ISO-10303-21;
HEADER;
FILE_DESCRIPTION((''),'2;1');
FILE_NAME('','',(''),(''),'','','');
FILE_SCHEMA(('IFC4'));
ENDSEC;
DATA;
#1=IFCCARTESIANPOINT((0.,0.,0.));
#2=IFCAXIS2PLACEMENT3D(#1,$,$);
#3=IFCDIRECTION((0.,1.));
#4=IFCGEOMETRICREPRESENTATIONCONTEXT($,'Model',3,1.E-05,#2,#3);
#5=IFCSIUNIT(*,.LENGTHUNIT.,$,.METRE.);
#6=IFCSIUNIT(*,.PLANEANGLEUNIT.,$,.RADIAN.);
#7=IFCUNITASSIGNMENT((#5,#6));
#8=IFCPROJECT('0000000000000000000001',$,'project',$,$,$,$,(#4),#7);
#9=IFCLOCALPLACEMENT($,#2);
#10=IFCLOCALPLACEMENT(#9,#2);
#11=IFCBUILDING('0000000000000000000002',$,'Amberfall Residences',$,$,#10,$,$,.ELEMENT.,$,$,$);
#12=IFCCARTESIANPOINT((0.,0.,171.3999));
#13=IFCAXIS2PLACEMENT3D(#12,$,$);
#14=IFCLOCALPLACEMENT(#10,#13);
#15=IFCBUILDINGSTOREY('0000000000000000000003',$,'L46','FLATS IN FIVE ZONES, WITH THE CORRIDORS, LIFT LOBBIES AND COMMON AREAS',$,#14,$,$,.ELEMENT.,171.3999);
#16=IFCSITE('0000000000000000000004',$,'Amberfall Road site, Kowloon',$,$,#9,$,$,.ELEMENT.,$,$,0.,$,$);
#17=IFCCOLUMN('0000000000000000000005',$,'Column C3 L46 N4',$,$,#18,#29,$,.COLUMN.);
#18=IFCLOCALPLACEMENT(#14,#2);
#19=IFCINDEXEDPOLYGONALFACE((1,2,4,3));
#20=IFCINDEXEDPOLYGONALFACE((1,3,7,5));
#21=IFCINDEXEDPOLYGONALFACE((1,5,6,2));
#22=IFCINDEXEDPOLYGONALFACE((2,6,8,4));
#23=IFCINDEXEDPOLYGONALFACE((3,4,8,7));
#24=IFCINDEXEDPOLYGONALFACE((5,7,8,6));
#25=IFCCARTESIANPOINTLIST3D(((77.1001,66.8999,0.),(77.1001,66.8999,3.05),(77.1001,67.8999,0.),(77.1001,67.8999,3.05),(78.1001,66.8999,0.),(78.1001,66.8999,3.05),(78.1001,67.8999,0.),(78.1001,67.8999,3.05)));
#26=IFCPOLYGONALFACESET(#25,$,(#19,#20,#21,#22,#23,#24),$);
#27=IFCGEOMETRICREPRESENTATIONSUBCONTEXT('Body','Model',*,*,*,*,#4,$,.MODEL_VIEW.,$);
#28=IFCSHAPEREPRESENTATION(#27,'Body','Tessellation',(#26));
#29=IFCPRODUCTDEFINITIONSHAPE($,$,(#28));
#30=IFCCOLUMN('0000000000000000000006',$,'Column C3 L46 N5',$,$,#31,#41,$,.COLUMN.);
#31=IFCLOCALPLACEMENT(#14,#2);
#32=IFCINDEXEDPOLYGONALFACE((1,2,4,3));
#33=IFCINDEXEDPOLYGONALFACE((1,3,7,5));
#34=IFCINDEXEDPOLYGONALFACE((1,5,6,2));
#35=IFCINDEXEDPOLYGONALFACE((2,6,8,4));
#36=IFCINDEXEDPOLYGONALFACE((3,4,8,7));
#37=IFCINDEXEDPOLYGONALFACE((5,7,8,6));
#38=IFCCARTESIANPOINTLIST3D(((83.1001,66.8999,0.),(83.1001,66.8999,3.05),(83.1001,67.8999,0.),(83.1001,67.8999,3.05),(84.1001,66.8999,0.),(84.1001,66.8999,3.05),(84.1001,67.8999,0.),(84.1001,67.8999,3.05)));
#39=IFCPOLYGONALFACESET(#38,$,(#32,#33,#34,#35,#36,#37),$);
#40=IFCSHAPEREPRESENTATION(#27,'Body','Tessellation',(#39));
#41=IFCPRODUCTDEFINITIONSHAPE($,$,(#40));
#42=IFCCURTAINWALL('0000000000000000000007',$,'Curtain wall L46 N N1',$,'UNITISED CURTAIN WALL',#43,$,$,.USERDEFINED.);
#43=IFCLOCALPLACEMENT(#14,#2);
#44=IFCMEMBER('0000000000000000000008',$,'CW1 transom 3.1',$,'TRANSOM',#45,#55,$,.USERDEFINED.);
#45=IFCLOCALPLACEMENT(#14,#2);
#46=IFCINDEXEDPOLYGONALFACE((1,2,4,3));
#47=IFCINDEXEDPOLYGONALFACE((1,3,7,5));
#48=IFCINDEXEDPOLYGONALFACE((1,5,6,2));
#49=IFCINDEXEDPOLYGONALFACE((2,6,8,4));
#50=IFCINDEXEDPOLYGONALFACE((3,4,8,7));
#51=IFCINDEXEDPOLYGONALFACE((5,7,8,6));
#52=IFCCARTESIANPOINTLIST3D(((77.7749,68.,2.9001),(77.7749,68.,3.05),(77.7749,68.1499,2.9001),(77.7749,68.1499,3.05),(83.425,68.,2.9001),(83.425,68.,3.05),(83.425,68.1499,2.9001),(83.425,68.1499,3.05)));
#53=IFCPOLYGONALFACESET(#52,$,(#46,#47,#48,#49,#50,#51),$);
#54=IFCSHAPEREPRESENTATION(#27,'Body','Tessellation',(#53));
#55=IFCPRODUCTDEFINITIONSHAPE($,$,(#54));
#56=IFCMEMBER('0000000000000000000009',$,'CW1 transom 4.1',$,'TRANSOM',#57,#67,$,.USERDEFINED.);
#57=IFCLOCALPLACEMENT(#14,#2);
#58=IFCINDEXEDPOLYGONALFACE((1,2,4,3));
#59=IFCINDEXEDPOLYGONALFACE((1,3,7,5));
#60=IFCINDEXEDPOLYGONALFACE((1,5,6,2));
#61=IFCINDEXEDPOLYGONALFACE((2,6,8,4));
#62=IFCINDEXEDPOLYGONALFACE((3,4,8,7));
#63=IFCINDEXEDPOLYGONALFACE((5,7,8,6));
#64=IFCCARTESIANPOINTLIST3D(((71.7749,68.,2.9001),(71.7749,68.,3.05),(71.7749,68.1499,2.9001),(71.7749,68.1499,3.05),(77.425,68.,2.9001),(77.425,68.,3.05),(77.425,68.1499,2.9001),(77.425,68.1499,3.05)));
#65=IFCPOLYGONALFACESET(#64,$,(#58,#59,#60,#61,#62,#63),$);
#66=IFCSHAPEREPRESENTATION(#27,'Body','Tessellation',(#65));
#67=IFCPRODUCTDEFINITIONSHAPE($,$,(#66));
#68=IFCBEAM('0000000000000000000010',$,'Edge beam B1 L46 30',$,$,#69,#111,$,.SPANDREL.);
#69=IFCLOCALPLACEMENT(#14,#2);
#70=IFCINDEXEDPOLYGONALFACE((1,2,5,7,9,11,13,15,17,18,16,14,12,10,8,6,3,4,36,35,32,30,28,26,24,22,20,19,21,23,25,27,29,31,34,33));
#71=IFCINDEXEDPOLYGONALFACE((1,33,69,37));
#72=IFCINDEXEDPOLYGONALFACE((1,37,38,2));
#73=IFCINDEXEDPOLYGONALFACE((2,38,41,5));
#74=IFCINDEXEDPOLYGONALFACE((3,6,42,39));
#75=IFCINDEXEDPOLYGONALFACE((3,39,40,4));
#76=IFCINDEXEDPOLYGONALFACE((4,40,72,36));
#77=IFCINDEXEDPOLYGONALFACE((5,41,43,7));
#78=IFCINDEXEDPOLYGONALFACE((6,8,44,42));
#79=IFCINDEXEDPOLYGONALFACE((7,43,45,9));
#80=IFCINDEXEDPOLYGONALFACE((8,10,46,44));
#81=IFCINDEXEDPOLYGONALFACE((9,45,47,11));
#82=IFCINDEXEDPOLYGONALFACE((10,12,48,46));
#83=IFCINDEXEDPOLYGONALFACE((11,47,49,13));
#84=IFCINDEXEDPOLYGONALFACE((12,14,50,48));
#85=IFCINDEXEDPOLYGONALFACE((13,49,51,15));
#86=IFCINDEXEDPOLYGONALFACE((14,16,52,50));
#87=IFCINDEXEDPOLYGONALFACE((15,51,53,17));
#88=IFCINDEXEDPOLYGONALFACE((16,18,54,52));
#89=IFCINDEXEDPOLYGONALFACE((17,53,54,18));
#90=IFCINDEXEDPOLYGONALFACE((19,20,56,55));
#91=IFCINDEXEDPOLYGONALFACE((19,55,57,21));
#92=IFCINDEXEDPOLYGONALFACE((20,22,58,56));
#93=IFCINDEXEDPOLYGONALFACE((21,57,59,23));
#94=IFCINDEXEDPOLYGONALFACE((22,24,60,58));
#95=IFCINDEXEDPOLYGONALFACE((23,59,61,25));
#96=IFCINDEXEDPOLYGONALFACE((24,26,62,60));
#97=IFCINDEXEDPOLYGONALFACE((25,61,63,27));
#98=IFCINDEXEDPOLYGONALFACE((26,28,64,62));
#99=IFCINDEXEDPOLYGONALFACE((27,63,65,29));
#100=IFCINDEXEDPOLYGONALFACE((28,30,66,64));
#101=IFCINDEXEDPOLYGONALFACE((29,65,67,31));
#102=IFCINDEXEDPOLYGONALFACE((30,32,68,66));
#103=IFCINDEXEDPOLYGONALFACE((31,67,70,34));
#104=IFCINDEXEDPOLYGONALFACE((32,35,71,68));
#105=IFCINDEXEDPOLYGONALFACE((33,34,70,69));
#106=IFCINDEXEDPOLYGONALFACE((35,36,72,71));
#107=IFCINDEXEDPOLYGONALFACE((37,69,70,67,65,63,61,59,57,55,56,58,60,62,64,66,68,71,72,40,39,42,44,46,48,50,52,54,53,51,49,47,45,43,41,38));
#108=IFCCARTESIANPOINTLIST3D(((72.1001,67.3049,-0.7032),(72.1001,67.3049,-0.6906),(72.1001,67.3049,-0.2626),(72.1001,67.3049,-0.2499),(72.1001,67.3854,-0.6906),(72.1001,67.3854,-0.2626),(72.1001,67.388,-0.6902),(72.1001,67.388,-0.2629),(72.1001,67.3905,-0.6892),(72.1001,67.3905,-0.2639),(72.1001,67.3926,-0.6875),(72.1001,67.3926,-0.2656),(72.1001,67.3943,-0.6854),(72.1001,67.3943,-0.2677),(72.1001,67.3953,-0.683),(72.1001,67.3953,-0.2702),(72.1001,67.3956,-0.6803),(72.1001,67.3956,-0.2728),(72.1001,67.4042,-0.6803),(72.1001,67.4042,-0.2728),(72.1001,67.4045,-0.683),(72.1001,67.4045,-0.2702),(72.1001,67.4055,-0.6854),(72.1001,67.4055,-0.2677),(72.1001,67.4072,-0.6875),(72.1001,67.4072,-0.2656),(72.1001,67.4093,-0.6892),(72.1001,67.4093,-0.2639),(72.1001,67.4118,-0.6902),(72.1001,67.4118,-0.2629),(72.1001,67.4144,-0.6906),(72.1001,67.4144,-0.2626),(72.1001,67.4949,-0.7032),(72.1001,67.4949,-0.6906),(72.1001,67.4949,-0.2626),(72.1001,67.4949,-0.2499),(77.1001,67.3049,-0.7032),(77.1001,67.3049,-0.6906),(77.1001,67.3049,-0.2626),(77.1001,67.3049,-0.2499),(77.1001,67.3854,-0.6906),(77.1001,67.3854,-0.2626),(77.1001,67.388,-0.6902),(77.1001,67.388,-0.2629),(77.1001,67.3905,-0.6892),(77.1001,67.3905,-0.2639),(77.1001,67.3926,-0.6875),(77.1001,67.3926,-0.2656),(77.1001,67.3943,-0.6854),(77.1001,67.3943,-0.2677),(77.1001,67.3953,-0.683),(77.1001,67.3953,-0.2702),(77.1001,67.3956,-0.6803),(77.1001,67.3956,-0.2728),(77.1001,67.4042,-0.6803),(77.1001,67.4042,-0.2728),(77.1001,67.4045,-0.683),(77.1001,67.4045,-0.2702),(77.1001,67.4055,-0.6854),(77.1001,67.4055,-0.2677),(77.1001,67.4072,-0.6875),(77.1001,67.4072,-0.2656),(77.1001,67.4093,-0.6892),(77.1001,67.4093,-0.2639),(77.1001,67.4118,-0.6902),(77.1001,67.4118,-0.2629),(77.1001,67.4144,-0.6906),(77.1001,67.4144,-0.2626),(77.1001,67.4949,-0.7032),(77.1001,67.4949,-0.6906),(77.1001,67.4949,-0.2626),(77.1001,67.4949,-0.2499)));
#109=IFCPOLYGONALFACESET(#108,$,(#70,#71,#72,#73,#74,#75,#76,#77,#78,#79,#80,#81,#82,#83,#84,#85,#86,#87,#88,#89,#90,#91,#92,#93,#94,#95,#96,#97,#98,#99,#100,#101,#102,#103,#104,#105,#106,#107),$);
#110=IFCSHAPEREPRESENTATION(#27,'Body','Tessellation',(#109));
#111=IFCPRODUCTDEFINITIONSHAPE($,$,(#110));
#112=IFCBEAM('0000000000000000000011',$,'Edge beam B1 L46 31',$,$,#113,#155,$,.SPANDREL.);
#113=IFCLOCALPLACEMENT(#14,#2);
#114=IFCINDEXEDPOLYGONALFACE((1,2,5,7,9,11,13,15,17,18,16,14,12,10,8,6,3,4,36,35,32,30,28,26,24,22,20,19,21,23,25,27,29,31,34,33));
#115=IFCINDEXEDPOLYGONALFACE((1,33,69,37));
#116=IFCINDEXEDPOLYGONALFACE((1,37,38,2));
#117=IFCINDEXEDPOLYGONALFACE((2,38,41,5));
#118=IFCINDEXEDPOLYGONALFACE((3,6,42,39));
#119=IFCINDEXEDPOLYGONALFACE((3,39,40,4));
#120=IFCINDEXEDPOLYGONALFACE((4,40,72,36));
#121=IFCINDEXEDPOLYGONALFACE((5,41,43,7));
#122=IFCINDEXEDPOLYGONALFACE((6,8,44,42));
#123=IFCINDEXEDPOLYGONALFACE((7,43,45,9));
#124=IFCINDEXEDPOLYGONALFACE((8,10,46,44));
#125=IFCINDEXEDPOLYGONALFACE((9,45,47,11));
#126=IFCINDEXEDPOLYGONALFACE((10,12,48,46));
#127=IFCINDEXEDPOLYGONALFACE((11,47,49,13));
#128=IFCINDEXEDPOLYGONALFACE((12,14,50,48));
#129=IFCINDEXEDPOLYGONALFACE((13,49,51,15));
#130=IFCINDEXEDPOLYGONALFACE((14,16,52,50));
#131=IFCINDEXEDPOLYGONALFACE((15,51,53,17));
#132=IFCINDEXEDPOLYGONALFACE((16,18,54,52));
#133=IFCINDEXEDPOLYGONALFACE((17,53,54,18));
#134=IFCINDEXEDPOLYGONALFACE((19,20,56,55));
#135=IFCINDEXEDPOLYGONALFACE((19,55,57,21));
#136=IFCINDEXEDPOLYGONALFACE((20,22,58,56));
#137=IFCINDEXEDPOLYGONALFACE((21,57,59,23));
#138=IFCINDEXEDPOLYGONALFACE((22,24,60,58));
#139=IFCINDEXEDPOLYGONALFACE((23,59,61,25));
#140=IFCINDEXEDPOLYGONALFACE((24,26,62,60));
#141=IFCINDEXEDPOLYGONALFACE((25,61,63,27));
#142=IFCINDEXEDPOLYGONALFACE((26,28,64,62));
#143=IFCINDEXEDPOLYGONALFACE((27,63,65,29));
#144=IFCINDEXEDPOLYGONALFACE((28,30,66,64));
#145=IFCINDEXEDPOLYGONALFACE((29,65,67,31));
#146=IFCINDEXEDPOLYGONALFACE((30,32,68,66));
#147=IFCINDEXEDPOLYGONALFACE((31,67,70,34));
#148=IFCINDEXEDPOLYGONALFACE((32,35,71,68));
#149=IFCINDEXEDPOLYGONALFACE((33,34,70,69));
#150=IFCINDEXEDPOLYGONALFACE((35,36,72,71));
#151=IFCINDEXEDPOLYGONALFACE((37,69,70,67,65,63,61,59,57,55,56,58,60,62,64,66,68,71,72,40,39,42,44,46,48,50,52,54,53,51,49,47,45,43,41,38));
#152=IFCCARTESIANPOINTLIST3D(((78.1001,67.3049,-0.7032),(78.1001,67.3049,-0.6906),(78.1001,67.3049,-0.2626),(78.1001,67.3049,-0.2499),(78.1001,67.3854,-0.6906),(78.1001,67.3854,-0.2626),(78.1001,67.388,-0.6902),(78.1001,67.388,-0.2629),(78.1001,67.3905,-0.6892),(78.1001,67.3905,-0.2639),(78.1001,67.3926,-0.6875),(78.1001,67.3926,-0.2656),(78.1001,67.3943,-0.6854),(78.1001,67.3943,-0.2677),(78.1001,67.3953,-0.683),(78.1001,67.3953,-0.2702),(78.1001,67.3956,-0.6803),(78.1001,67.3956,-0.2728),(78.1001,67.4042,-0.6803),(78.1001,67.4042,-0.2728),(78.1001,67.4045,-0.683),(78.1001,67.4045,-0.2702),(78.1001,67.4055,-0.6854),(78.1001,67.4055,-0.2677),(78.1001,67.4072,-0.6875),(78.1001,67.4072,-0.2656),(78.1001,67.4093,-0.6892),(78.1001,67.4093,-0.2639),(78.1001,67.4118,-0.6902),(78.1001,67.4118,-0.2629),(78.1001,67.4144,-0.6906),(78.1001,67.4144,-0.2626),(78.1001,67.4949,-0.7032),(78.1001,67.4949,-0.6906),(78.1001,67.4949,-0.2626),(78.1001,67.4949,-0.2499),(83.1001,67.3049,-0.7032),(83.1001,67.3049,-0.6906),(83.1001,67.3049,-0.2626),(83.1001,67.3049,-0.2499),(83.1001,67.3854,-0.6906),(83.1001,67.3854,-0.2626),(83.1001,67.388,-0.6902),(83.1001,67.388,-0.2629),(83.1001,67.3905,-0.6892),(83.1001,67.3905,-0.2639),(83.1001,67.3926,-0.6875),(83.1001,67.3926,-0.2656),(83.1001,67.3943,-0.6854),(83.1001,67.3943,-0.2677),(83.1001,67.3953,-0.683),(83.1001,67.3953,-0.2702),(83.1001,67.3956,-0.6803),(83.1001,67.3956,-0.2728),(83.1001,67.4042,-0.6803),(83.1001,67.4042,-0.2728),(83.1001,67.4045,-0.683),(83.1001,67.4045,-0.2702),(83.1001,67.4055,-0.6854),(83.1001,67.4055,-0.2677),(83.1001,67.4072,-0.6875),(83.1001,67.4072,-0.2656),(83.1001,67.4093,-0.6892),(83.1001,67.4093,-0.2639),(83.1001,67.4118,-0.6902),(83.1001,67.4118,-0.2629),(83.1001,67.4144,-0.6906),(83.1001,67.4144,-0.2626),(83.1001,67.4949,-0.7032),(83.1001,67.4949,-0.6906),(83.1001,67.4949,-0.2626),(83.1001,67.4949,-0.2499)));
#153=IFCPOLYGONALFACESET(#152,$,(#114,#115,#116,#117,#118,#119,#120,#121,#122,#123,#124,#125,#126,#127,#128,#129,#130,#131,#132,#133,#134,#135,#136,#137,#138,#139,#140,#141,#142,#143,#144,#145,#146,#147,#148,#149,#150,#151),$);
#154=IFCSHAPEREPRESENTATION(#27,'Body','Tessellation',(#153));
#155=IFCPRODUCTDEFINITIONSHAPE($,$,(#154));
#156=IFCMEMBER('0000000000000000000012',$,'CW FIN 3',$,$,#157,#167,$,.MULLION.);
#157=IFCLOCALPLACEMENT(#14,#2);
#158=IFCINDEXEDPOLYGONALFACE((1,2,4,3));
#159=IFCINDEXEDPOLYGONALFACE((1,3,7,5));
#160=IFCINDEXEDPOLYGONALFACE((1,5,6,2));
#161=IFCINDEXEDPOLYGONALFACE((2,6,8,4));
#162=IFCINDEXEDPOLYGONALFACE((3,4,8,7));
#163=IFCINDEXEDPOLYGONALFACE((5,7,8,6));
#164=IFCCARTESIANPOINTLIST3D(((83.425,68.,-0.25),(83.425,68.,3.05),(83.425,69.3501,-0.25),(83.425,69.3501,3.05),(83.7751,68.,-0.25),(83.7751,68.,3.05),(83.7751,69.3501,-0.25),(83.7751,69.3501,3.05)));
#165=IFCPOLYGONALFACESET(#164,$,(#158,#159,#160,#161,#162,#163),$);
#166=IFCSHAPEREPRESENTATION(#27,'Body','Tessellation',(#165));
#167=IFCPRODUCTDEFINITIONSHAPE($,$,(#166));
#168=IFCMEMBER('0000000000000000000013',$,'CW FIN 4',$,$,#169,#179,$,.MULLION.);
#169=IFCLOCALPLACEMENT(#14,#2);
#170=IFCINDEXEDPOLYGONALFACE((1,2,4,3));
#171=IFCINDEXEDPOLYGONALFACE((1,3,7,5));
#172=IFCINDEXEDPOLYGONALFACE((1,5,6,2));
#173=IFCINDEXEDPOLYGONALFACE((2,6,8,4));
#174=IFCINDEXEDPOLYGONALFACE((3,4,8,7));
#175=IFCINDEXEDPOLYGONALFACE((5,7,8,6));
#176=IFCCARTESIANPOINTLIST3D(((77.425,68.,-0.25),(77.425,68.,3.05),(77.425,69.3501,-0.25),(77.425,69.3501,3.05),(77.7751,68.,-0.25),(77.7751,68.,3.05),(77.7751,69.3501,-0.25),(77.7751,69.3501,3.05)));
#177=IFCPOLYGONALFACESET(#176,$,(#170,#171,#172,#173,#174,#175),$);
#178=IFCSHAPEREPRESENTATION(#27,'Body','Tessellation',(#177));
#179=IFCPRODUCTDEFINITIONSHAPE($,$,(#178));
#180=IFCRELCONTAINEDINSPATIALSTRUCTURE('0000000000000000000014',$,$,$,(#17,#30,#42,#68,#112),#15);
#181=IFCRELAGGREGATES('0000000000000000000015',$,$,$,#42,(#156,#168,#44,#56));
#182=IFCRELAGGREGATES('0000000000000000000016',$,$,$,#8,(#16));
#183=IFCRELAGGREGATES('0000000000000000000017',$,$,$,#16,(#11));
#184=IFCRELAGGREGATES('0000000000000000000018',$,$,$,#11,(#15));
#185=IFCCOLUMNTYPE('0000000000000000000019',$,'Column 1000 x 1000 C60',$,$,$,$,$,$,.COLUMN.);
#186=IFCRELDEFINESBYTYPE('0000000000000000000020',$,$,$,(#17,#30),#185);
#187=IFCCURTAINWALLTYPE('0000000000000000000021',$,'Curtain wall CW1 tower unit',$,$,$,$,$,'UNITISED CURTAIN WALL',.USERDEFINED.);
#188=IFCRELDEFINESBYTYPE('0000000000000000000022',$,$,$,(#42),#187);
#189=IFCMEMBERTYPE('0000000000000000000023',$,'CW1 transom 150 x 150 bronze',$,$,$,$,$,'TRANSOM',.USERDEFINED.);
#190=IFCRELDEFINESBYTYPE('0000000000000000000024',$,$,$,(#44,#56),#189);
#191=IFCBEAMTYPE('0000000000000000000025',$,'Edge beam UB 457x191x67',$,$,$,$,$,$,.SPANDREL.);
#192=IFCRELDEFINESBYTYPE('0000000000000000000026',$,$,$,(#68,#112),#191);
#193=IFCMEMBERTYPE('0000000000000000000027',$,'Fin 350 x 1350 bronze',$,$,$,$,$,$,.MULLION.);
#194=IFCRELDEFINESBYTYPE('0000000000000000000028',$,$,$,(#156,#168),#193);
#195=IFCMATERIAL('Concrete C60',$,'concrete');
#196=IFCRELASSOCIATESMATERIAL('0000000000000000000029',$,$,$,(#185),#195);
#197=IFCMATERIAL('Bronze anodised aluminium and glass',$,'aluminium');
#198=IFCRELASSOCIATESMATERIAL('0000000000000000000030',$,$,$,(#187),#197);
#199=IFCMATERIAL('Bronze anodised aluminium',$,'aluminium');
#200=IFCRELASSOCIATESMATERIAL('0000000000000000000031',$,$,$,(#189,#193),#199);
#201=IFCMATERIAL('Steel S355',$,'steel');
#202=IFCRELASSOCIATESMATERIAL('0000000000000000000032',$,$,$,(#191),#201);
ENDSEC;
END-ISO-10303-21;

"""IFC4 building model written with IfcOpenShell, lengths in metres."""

from ifc_helpers import new_model, si_unit, direction, frame, origin, origin_2d, place, context, subcontext, project, spatial, rectangle, i_section, extrude, material, material_profile, profile_set, type_object, element, aggregate, save


model = new_model("IFC4")

# Units and contexts
model_context = context("Model", 3, precision=1e-05, world=origin(), true_north=direction((0.0, 1.0)))
body_context = subcontext(model_context, "Body", "Model", "MODEL_VIEW")
ifc_project = project(units=[si_unit("LENGTHUNIT", "METRE"), si_unit("PLANEANGLEUNIT", "RADIAN")], contexts=[model_context])

# Site, building, storey
site_placement = place(None, origin())
site = spatial("IfcSite", under=ifc_project, at=site_placement, Name="Amberfall Road site, Kowloon", CompositionType="ELEMENT", RefElevation=0.0)
building_placement = place(site_placement, origin())
building = spatial("IfcBuilding", under=site, at=building_placement, Name="Amberfall Residences", CompositionType="ELEMENT")
storey_placement = place(building_placement, frame((0.0, 0.0, 171.3999)))
storey = spatial("IfcBuildingStorey", under=building, at=storey_placement, Name="L46", Description="FLATS IN FIVE ZONES, WITH THE CORRIDORS, LIFT LOBBIES AND COMMON AREAS", CompositionType="ELEMENT", Elevation=171.3999)

# Columns
ifc_material_1 = material(Name="Concrete C60", Category="concrete")
ifc_material_profile_1 = material_profile(ifc_material_1, rectangle(XDim=1.0, YDim=1.0, at=origin_2d()), Name="Column 1000 x 1000 C60")
ifc_profile_set_1 = profile_set([ifc_material_profile_1], Name="Concrete C60")
column_type = type_object("IfcColumnType", Name="Column 1000 x 1000 C60", PredefinedType="COLUMN", material=ifc_profile_set_1)
for number, where, z_axis, x_axis, name in (
    (1, (77.6001, 67.3999, 0.0), (0.0, 0.0, 1.0), (1.0, 0.0, 0.0), "Column C3 L46 N4"),
    (2, (83.6001, 67.3999, 0.0), (0.0, 0.0, 1.0), (1.0, 0.0, 0.0), "Column C3 L46 N5"),
):
    element("IfcColumn", number, at=place(storey_placement, frame(where, z_axis=z_axis, x_axis=x_axis)), inside=storey, type_object=column_type, Name=name, PredefinedType="COLUMN", context=body_context, shape_type="SweptSolid", body=[
        extrude(rectangle(XDim=1.0, YDim=1.0, at=origin_2d()), origin(), (0.0, 0.0, 1.0), 3.05),
    ])

# Curtain wall, members
ifc_material_2 = material(Name="Bronze anodised aluminium and glass", Category="aluminium")
curtain_wall_type = type_object("IfcCurtainWallType", Name="Curtain wall CW1 tower unit", ElementType="UNITISED CURTAIN WALL", PredefinedType="USERDEFINED", material=ifc_material_2)
curtain_wall_placement = place(storey_placement, origin())
curtain_wall = element("IfcCurtainWall", 3, at=curtain_wall_placement, inside=storey, type_object=curtain_wall_type, Name="Curtain wall L46 N N1", ObjectType="UNITISED CURTAIN WALL", PredefinedType="USERDEFINED")
ifc_material_3 = material(Name="Bronze anodised aluminium", Category="aluminium")
ifc_material_profile_2 = material_profile(ifc_material_3, rectangle(XDim=0.1499, YDim=0.1499, at=origin_2d()), Name="CW1 transom 150 x 150 bronze")
ifc_profile_set_2 = profile_set([ifc_material_profile_2], Name="Bronze anodised aluminium")
member_type_1 = type_object("IfcMemberType", Name="CW1 transom 150 x 150 bronze", ElementType="TRANSOM", PredefinedType="USERDEFINED", material=ifc_profile_set_2)
member_1_placement = place(storey_placement, frame((83.425, 68.075, 2.9751), z_axis=(-1.0, 0.0, 0.0), x_axis=(0.0, -1.0, 0.0)))
member_1 = element("IfcMember", 4, at=member_1_placement, type_object=member_type_1, Name="CW1 transom 3.1", ObjectType="TRANSOM", PredefinedType="USERDEFINED", context=body_context, shape_type="SweptSolid", body=[
    extrude(rectangle(XDim=0.1499, YDim=0.1499, at=origin_2d()), origin(), (0.0, 0.0, 1.0), 5.6501),
])
member_2_placement = place(storey_placement, frame((77.425, 68.075, 2.9751), z_axis=(-1.0, 0.0, 0.0), x_axis=(0.0, -1.0, 0.0)))
member_2 = element("IfcMember", 5, at=member_2_placement, type_object=member_type_1, Name="CW1 transom 4.1", ObjectType="TRANSOM", PredefinedType="USERDEFINED", context=body_context, shape_type="SweptSolid", body=[
    extrude(rectangle(XDim=0.1499, YDim=0.1499, at=origin_2d()), origin(), (0.0, 0.0, 1.0), 5.6501),
])

# Beams
ifc_material_4 = material(Name="Steel S355", Category="steel")
ifc_material_profile_3 = material_profile(ifc_material_4, i_section(OverallWidth=0.1899, OverallDepth=0.4534, WebThickness=0.0085, FlangeThickness=0.0127, FilletRadius=0.0103, at=origin_2d()), Name="UB 457x191x67")
ifc_profile_set_3 = profile_set([ifc_material_profile_3], Name="Steel S355")
beam_type_1 = type_object("IfcBeamType", Name="Edge beam UB 457x191x67", PredefinedType="SPANDREL", material=ifc_profile_set_3)
for number, where, z_axis, x_axis, name in (
    (6, (72.1001, 67.3999, -0.4766), (1.0, 0.0, 0.0), (0.0, 1.0, 0.0), "Edge beam B1 L46 30"),
    (7, (78.1001, 67.3999, -0.4766), (1.0, 0.0, 0.0), (0.0, 1.0, 0.0), "Edge beam B1 L46 31"),
):
    element("IfcBeam", number, at=place(storey_placement, frame(where, z_axis=z_axis, x_axis=x_axis)), inside=storey, type_object=beam_type_1, Name=name, PredefinedType="SPANDREL", context=body_context, shape_type="SweptSolid", body=[
        extrude(i_section(OverallWidth=0.1899, OverallDepth=0.4534, WebThickness=0.0085, FlangeThickness=0.0127, FilletRadius=0.0103, at=origin_2d()), origin(), (0.0, 0.0, 1.0), 5.0),
    ])

# Members
ifc_material_profile_4 = material_profile(ifc_material_3, rectangle(XDim=1.3501, YDim=0.3501, at=origin_2d()), Name="Fin 350 x 1350 bronze")
ifc_profile_set_4 = profile_set([ifc_material_profile_4], Name="Bronze anodised aluminium")
member_type_2 = type_object("IfcMemberType", Name="Fin 350 x 1350 bronze", PredefinedType="MULLION", material=ifc_profile_set_4)
member_3_placement = place(storey_placement, frame((83.6001, 68.675, -0.25), z_axis=(0.0, 0.0, 1.0), x_axis=(0.0, -1.0, 0.0)))
member_3 = element("IfcMember", 8, at=member_3_placement, type_object=member_type_2, Name="CW FIN 3", PredefinedType="MULLION", context=body_context, shape_type="SweptSolid", body=[
    extrude(rectangle(XDim=1.3501, YDim=0.3501, at=origin_2d()), origin(), (0.0, 0.0, 1.0), 3.3),
])
member_4_placement = place(storey_placement, frame((77.6001, 68.675, -0.25), z_axis=(0.0, 0.0, 1.0), x_axis=(0.0, -1.0, 0.0)))
member_4 = element("IfcMember", 9, at=member_4_placement, type_object=member_type_2, Name="CW FIN 4", PredefinedType="MULLION", context=body_context, shape_type="SweptSolid", body=[
    extrude(rectangle(XDim=1.3501, YDim=0.3501, at=origin_2d()), origin(), (0.0, 0.0, 1.0), 3.3),
])

aggregate(curtain_wall, [member_3, member_4, member_1, member_2])

save(model, "model.ifc")
